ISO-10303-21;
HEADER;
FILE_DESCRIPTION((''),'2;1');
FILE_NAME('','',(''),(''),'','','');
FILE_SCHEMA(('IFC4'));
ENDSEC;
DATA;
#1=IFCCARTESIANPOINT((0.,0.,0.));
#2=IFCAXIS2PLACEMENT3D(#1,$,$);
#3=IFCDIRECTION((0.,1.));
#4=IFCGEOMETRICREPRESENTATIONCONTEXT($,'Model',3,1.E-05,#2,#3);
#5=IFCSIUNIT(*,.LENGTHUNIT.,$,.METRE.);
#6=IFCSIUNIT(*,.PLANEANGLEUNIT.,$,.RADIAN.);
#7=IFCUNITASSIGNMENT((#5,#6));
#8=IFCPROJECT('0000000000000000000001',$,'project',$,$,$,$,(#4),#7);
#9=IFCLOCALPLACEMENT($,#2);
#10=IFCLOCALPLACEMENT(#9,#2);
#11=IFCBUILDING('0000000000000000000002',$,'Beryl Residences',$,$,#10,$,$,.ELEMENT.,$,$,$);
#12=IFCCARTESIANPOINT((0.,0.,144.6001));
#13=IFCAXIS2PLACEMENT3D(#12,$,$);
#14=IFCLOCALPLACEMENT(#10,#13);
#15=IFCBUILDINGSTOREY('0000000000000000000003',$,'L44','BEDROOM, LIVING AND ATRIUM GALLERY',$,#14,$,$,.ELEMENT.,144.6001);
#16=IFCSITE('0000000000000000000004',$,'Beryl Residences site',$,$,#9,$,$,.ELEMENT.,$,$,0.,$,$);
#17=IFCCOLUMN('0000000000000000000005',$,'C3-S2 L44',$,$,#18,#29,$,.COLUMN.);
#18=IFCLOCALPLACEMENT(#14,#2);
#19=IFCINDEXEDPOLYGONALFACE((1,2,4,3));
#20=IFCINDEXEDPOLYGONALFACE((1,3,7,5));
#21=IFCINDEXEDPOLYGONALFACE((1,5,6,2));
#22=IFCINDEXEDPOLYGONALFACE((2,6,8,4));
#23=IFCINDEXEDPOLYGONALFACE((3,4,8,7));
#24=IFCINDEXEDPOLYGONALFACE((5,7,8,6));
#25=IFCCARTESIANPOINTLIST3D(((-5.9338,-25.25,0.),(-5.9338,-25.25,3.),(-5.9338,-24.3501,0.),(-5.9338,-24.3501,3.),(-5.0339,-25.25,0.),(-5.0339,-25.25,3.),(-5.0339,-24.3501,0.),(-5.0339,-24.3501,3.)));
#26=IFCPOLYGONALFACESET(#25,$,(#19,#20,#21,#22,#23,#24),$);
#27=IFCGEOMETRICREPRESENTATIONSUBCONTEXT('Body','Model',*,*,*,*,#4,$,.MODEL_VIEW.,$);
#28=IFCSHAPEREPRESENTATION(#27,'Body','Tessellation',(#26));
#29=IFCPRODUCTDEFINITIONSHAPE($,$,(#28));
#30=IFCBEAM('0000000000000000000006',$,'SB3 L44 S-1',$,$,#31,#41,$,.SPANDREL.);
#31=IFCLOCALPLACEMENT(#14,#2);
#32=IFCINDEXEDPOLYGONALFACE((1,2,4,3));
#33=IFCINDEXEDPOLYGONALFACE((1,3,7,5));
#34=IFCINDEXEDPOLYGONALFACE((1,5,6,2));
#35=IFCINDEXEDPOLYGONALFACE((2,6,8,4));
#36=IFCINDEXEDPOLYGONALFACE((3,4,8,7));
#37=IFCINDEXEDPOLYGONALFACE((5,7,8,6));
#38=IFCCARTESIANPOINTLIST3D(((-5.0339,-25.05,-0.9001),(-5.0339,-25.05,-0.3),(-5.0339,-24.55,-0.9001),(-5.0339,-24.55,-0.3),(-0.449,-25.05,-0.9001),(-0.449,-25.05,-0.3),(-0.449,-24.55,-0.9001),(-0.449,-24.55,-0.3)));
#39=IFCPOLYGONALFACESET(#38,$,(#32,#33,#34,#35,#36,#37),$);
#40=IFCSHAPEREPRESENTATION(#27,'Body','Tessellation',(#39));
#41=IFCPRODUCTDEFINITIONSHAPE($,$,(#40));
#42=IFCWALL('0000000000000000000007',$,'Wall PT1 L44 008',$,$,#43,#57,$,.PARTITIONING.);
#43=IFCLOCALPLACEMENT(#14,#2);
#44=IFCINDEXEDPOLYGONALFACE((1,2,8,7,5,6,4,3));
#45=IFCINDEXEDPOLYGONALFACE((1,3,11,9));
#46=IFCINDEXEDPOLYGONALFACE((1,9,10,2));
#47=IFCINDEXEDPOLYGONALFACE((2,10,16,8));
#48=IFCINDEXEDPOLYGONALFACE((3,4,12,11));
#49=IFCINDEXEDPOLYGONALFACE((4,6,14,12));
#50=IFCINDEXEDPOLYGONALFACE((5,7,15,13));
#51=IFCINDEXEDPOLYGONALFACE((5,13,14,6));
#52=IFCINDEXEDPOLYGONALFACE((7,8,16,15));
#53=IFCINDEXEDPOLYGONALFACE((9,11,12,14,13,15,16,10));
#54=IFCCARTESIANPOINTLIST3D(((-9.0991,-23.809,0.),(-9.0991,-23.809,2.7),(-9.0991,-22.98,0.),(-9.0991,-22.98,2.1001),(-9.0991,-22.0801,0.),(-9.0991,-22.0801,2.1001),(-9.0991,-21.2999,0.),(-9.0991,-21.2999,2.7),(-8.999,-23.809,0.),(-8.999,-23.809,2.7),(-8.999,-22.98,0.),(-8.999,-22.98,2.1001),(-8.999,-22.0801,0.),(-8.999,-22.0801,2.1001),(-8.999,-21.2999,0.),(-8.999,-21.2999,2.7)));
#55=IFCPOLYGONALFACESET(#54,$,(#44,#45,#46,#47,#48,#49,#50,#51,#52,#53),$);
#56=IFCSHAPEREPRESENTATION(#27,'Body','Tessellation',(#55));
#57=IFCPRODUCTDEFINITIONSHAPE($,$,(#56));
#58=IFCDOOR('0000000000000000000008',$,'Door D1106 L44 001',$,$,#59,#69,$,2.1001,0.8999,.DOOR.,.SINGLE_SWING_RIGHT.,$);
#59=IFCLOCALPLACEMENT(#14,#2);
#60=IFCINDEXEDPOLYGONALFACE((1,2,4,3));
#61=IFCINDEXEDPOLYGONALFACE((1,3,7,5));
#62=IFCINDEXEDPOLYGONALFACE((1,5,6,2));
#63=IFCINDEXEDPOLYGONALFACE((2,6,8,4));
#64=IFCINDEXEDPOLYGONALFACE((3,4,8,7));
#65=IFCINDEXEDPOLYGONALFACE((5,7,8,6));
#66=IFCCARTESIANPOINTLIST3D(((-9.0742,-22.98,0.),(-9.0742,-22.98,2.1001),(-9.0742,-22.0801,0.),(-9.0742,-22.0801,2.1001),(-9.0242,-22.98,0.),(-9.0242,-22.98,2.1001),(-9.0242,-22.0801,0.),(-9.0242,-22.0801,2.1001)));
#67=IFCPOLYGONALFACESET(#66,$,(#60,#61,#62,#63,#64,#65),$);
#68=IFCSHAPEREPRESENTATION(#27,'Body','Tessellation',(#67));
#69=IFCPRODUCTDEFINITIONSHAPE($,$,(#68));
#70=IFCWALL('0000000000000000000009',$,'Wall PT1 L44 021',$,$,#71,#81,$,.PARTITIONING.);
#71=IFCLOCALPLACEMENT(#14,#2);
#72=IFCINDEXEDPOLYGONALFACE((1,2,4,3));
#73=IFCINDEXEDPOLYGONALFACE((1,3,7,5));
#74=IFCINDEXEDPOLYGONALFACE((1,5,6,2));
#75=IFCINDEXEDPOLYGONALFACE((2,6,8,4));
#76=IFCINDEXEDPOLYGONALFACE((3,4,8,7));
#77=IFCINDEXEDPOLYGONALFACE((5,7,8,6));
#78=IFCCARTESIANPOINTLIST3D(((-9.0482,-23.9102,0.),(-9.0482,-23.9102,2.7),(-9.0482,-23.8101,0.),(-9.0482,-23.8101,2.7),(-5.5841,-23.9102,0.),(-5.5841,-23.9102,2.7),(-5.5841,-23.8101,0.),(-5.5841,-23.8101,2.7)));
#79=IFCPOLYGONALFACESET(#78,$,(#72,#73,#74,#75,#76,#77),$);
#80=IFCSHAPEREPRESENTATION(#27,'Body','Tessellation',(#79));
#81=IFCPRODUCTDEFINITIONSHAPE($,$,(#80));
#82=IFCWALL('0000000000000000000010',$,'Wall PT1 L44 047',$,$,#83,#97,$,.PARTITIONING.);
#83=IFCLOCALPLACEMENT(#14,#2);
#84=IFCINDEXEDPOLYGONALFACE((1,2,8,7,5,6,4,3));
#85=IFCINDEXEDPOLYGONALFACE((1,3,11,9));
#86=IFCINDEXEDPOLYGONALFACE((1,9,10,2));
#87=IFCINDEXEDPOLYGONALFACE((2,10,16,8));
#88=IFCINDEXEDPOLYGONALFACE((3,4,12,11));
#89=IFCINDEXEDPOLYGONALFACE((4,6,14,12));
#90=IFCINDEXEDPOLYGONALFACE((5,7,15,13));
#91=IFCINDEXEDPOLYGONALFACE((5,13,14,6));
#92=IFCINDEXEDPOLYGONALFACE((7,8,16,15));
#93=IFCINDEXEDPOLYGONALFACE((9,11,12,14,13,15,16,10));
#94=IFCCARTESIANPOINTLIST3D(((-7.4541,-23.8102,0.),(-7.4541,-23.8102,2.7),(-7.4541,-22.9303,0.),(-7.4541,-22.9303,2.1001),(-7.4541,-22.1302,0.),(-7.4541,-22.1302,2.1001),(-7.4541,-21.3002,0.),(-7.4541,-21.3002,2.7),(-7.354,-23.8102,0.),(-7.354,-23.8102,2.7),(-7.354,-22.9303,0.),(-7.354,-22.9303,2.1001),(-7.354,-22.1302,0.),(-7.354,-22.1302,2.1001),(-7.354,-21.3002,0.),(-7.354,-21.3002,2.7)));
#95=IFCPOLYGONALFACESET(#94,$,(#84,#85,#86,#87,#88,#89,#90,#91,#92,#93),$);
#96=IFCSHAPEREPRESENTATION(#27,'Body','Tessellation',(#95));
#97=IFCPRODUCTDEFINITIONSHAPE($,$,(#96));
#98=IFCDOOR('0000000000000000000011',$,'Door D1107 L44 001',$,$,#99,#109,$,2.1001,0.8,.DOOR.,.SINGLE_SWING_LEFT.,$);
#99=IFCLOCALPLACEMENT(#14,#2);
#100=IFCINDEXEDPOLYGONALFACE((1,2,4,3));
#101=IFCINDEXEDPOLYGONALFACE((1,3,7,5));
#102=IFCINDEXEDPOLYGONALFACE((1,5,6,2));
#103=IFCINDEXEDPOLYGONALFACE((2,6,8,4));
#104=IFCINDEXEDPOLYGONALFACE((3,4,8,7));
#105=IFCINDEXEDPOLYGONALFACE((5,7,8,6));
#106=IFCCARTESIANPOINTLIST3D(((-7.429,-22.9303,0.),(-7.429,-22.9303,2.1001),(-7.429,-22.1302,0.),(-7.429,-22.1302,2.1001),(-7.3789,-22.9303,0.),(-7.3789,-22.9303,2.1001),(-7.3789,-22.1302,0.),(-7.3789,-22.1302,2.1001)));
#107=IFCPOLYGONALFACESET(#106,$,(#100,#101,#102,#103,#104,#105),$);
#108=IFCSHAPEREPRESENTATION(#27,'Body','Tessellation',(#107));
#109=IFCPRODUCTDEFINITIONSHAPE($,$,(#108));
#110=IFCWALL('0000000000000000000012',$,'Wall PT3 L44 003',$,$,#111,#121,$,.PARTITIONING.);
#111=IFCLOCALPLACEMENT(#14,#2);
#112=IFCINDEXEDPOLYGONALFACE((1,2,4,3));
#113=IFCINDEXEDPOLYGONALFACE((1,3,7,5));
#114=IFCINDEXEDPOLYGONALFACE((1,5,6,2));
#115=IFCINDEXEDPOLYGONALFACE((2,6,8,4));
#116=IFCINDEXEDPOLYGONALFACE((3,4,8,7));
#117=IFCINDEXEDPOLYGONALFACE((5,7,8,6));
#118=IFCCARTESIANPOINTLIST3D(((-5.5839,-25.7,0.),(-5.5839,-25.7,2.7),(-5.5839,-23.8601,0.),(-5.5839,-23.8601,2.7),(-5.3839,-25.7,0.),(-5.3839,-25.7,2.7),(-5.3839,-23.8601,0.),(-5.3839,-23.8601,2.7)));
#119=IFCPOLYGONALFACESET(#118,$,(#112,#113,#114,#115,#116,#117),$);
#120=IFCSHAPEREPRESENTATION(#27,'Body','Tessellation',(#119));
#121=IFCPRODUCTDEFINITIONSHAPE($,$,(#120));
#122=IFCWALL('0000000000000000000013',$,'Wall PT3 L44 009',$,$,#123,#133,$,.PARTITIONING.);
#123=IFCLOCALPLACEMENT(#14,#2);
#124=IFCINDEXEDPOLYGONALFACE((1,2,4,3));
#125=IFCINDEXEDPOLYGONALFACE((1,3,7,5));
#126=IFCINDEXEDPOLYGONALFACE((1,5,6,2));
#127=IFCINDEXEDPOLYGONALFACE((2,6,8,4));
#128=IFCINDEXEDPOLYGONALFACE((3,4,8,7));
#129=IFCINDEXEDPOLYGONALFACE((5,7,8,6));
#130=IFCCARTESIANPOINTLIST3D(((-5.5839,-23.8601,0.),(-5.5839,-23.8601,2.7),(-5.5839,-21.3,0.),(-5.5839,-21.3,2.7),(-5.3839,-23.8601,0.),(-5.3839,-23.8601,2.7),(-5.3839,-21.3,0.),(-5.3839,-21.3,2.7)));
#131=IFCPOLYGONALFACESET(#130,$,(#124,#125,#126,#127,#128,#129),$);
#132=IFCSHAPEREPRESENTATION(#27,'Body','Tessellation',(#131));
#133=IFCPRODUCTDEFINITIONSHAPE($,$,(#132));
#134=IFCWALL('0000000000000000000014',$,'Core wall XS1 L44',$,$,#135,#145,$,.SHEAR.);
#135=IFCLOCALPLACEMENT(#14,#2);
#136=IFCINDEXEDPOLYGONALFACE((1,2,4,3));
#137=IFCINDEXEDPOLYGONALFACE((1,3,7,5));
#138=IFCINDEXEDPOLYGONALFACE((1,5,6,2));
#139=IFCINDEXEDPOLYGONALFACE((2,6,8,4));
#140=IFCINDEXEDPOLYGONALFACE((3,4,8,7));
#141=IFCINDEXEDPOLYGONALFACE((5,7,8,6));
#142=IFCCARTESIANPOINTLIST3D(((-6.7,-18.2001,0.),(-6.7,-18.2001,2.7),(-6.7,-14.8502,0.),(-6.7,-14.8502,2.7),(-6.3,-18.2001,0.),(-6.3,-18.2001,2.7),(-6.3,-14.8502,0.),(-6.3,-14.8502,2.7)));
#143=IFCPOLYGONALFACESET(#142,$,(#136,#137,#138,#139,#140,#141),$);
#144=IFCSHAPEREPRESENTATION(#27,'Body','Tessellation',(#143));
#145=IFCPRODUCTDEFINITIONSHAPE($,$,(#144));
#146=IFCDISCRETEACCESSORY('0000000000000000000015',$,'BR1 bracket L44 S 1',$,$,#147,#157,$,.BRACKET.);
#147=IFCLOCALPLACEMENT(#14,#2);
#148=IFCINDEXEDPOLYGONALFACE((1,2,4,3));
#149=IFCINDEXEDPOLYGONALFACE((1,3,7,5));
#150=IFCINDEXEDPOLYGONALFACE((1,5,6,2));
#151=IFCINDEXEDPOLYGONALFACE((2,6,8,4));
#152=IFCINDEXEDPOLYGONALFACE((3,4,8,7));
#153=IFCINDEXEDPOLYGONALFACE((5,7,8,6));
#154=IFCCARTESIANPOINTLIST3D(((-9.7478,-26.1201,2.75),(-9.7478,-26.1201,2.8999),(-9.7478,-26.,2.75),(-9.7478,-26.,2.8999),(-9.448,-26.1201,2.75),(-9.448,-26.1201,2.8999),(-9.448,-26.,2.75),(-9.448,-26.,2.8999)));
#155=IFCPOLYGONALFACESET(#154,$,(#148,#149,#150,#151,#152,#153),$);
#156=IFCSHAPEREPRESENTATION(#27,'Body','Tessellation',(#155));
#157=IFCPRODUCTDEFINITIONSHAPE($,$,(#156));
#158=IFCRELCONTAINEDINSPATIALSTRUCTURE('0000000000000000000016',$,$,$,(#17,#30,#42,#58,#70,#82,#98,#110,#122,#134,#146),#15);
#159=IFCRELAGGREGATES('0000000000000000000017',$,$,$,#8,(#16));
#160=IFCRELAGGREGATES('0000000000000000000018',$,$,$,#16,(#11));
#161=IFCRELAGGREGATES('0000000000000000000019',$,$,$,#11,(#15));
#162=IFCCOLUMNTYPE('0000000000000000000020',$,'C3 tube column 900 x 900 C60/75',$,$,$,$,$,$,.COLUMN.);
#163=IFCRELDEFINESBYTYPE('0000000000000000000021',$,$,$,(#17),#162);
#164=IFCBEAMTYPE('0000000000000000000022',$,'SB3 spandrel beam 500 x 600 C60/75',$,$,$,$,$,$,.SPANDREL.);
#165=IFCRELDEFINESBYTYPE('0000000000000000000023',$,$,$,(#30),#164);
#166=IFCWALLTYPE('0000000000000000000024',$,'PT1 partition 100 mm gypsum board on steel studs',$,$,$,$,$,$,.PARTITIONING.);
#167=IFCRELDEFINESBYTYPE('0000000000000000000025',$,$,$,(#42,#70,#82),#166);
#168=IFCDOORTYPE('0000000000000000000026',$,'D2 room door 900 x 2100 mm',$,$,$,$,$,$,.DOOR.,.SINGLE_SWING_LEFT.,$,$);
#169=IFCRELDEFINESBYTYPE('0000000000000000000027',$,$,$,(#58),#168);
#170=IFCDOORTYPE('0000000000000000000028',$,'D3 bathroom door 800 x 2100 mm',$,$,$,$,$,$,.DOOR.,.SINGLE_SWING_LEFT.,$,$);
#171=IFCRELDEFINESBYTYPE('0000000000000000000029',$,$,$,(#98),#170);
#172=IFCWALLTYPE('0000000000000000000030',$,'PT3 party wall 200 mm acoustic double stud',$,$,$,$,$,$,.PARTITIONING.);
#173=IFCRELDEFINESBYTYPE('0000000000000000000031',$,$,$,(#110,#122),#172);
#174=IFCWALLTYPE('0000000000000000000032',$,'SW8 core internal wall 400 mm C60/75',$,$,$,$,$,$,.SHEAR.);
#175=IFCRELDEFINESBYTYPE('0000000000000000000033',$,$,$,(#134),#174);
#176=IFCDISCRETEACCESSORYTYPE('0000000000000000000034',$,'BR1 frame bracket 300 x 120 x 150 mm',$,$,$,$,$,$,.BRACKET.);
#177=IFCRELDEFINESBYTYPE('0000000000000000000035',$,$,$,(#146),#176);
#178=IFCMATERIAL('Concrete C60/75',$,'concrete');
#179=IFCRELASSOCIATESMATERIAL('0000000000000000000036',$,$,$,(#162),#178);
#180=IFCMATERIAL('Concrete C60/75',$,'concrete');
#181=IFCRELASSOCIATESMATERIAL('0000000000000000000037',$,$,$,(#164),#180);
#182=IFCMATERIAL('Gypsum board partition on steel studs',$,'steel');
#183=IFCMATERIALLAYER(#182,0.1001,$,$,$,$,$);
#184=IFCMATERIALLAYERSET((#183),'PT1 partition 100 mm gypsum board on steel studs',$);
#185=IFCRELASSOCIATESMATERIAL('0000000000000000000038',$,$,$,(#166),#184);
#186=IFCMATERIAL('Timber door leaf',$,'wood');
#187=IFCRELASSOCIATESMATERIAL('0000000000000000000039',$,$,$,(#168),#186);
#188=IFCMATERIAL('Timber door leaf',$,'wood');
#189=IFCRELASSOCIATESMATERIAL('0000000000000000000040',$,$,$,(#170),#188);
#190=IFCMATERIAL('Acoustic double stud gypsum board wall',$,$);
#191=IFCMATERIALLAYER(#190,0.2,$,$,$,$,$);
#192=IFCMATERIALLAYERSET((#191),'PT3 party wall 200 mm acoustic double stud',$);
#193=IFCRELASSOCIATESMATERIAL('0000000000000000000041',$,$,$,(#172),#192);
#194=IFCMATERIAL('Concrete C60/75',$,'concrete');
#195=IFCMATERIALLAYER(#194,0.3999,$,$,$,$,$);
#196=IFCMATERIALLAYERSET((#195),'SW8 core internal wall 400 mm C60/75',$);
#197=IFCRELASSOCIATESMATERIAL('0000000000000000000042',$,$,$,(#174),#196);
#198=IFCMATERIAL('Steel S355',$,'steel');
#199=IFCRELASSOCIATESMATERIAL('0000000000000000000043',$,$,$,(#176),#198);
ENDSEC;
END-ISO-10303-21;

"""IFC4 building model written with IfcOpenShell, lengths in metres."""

from ifc_helpers import new_model, si_unit, direction, frame, frame_2d, origin, origin_2d, place, context, subcontext, project, spatial, polyline, rectangle, outline, extrude, source, transform, mapped, material, layer, layer_set, material_profile, profile_set, type_object, type_shapes, element, fill, save


model = new_model("IFC4")

# Units and contexts
model_context = context("Model", 3, precision=1e-05, world=origin(), true_north=direction((0.0, 1.0)))
body_context = subcontext(model_context, "Body", "Model", "MODEL_VIEW")
ifc_project = project(units=[si_unit("LENGTHUNIT", "METRE"), si_unit("PLANEANGLEUNIT", "RADIAN")], contexts=[model_context])

# Site, building, storey
site_placement = place(None, origin())
site = spatial("IfcSite", under=ifc_project, at=site_placement, Name="Beryl Residences site", CompositionType="ELEMENT", RefElevation=0.0)
building_placement = place(site_placement, origin())
building = spatial("IfcBuilding", under=site, at=building_placement, Name="Beryl Residences", CompositionType="ELEMENT")
storey_placement = place(building_placement, frame((0.0, 0.0, 144.6001)))
storey = spatial("IfcBuildingStorey", under=building, at=storey_placement, Name="L44", Description="BEDROOM, LIVING AND ATRIUM GALLERY", CompositionType="ELEMENT", Elevation=144.6001)

# Column
ifc_material_1 = material(Name="Concrete C60/75", Category="concrete")
ifc_material_profile_1 = material_profile(ifc_material_1, rectangle(XDim=0.8999, YDim=0.8999, at=origin_2d()))
ifc_profile_set_1 = profile_set([ifc_material_profile_1], Name="Concrete C60/75")
column_type = type_object("IfcColumnType", Name="C3 tube column 900 x 900 C60/75", PredefinedType="COLUMN", material=ifc_profile_set_1)
column_placement = place(storey_placement, frame((-5.4839, -24.8, 0.0), z_axis=(0.0, 0.0, 1.0), x_axis=(1.0, 0.0, 0.0)))
element("IfcColumn", 1, at=column_placement, inside=storey, type_object=column_type, Name="C3-S2 L44", PredefinedType="COLUMN", context=body_context, shape_type="SweptSolid", body=[
    extrude(rectangle(XDim=0.8999, YDim=0.8999, at=origin_2d()), origin(), (0.0, 0.0, 1.0), 3.0),
])

# Beam
ifc_material_2 = material(Name="Concrete C60/75", Category="concrete")
ifc_material_profile_2 = material_profile(ifc_material_2, rectangle(XDim=0.5, YDim=0.6001, at=origin_2d()))
ifc_profile_set_2 = profile_set([ifc_material_profile_2], Name="Concrete C60/75")
beam_type = type_object("IfcBeamType", Name="SB3 spandrel beam 500 x 600 C60/75", PredefinedType="SPANDREL", material=ifc_profile_set_2)
beam_placement = place(storey_placement, frame((-5.0339, -24.8, -0.6001), z_axis=(1.0, 0.0, 0.0), x_axis=(0.0, 1.0, 0.0)))
element("IfcBeam", 2, at=beam_placement, inside=storey, type_object=beam_type, Name="SB3 L44 S-1", PredefinedType="SPANDREL", context=body_context, shape_type="SweptSolid", body=[
    extrude(rectangle(XDim=0.5, YDim=0.6001, at=origin_2d()), origin(), (0.0, 0.0, 1.0), 4.585),
])

# Wall, opening, door
ifc_material_3 = material(Name="Gypsum board partition on steel studs", Category="steel")
ifc_layer_1 = layer(ifc_material_3, 0.1001)
ifc_layer_set_1 = layer_set([ifc_layer_1], Name="PT1 partition 100 mm gypsum board on steel studs")
wall_type_1 = type_object("IfcWallType", Name="PT1 partition 100 mm gypsum board on steel studs", PredefinedType="PARTITIONING", material=ifc_layer_set_1)
wall_1_placement = place(storey_placement, frame((-9.0491, -21.3, 0.0), z_axis=(0.0, 0.0, 1.0), x_axis=(0.0, -1.0, 0.0)))
wall_1 = element("IfcWall", 3, at=wall_1_placement, inside=storey, type_object=wall_type_1, Name="Wall PT1 L44 008", PredefinedType="PARTITIONING", context=body_context, shape_type="SweptSolid", body=[
    extrude(rectangle(XDim=2.509, YDim=0.1001, at=frame_2d((1.2544, 0.0))), origin(), (0.0, 0.0, 1.0), 2.7),
])
opening_1_placement = place(wall_1_placement, frame((0.78, 0.0, 0.0)))
opening_1 = element("IfcOpeningElement", 4, at=opening_1_placement, cuts=wall_1, PredefinedType="OPENING", context=body_context, shape_type="SweptSolid", body=[
    extrude(rectangle(XDim=0.8999, YDim=2.1001, at=frame_2d((0.45, 1.05))), frame((0.0, 0.0601, 0.0), z_axis=(0.0, -1.0, 0.0), x_axis=(1.0, 0.0, 0.0)), (0.0, 0.0, 1.0), 0.1201),
])
ifc_material_4 = material(Name="Timber door leaf", Category="wood")
door_type_1 = type_object("IfcDoorType", Name="D2 room door 900 x 2100 mm", OperationType="SINGLE_SWING_LEFT", PredefinedType="DOOR", material=ifc_material_4)
door_1_placement = place(opening_1_placement, origin())
door_1 = element("IfcDoor", 5, at=door_1_placement, inside=storey, type_object=door_type_1, Name="Door D1106 L44 001", OperationType="SINGLE_SWING_RIGHT", OverallHeight=2.1001, OverallWidth=0.8999, PredefinedType="DOOR", context=body_context, shape_type="SweptSolid", body=[
    extrude(rectangle(XDim=0.8999, YDim=2.1001, at=frame_2d((0.45, 1.05))), frame((0.0, 0.0249, 0.0), z_axis=(0.0, -1.0, 0.0), x_axis=(1.0, 0.0, 0.0)), (0.0, 0.0, 1.0), 0.05),
])
fill(opening_1, door_1)

# Wall
wall_2_placement = place(storey_placement, frame((-9.0481, -23.8601, 0.0), z_axis=(0.0, 0.0, 1.0), x_axis=(1.0, 0.0, 0.0)))
element("IfcWall", 6, at=wall_2_placement, inside=storey, type_object=wall_type_1, Name="Wall PT1 L44 021", PredefinedType="PARTITIONING", context=body_context, shape_type="SweptSolid", body=[
    extrude(rectangle(XDim=3.4641, YDim=0.1001, at=frame_2d((1.7319, 0.0))), origin(), (0.0, 0.0, 1.0), 2.7),
])

# Wall, opening, door
wall_3_placement = place(storey_placement, frame((-7.4041, -23.8101, 0.0), z_axis=(0.0, 0.0, 1.0), x_axis=(0.0, 1.0, 0.0)))
wall_3 = element("IfcWall", 7, at=wall_3_placement, inside=storey, type_object=wall_type_1, Name="Wall PT1 L44 047", PredefinedType="PARTITIONING", context=body_context, shape_type="SweptSolid", body=[
    extrude(rectangle(XDim=2.51, YDim=0.1001, at=frame_2d((1.2549, 0.0))), origin(), (0.0, 0.0, 1.0), 2.7),
])
opening_2_placement = place(wall_3_placement, frame((0.8799, 0.0, 0.0)))
opening_2 = element("IfcOpeningElement", 8, at=opening_2_placement, cuts=wall_3, PredefinedType="OPENING", context=body_context, shape_type="SweptSolid", body=[
    extrude(rectangle(XDim=0.8, YDim=2.1001, at=frame_2d((0.3999, 1.05))), frame((0.0, 0.0601, 0.0), z_axis=(0.0, -1.0, 0.0), x_axis=(1.0, 0.0, 0.0)), (0.0, 0.0, 1.0), 0.1201),
])
ifc_material_5 = material(Name="Timber door leaf", Category="wood")
door_type_2 = type_object("IfcDoorType", Name="D3 bathroom door 800 x 2100 mm", OperationType="SINGLE_SWING_LEFT", PredefinedType="DOOR", material=ifc_material_5)
door_2_placement = place(opening_2_placement, origin())
door_2 = element("IfcDoor", 9, at=door_2_placement, inside=storey, type_object=door_type_2, Name="Door D1107 L44 001", OperationType="SINGLE_SWING_LEFT", OverallHeight=2.1001, OverallWidth=0.8, PredefinedType="DOOR", context=body_context, shape_type="SweptSolid", body=[
    extrude(rectangle(XDim=0.8, YDim=2.1001, at=frame_2d((0.3999, 1.05))), frame((0.0, 0.0249, 0.0), z_axis=(0.0, -1.0, 0.0), x_axis=(1.0, 0.0, 0.0)), (0.0, 0.0, 1.0), 0.05),
])
fill(opening_2, door_2)

# Walls
ifc_material_6 = material(Name="Acoustic double stud gypsum board wall")
ifc_layer_2 = layer(ifc_material_6, 0.2)
ifc_layer_set_2 = layer_set([ifc_layer_2], Name="PT3 party wall 200 mm acoustic double stud")
wall_type_2 = type_object("IfcWallType", Name="PT3 party wall 200 mm acoustic double stud", PredefinedType="PARTITIONING", material=ifc_layer_set_2)
wall_4_placement = place(storey_placement, frame((-5.4839, -23.8601, 0.0), z_axis=(0.0, 0.0, 1.0), x_axis=(0.0, -1.0, 0.0)))
element("IfcWall", 10, at=wall_4_placement, inside=storey, type_object=wall_type_2, Name="Wall PT3 L44 003", PredefinedType="PARTITIONING", context=body_context, shape_type="SweptSolid", body=[
    extrude(rectangle(XDim=1.8398, YDim=0.2, at=frame_2d((0.9199, 0.0))), origin(), (0.0, 0.0, 1.0), 2.7),
])
wall_5_placement = place(storey_placement, frame((-5.4839, -23.8601, 0.0), z_axis=(0.0, 0.0, 1.0), x_axis=(0.0, 1.0, 0.0)))
element("IfcWall", 11, at=wall_5_placement, inside=storey, type_object=wall_type_2, Name="Wall PT3 L44 009", PredefinedType="PARTITIONING", context=body_context, shape_type="SweptSolid", body=[
    extrude(rectangle(XDim=2.5601, YDim=0.2, at=frame_2d((1.28, 0.0))), origin(), (0.0, 0.0, 1.0), 2.7),
])
ifc_material_7 = material(Name="Concrete C60/75", Category="concrete")
ifc_layer_3 = layer(ifc_material_7, 0.3999)
ifc_layer_set_3 = layer_set([ifc_layer_3], Name="SW8 core internal wall 400 mm C60/75")
wall_type_3 = type_object("IfcWallType", Name="SW8 core internal wall 400 mm C60/75", PredefinedType="SHEAR", material=ifc_layer_set_3)
wall_6_placement = place(storey_placement, frame((-6.5, -18.2, 0.0), z_axis=(0.0, 0.0, 1.0), x_axis=(0.0, 1.0, 0.0)))
element("IfcWall", 12, at=wall_6_placement, inside=storey, type_object=wall_type_3, Name="Core wall XS1 L44", PredefinedType="SHEAR", context=body_context, shape_type="SweptSolid", body=[
    extrude(rectangle(XDim=3.3499, YDim=0.3999, at=frame_2d((1.6748, 0.0))), origin(), (0.0, 0.0, 1.0), 2.7),
])

# Discrete accessory
ifc_material_8 = material(Name="Steel S355", Category="steel")
discrete_accessory_type = type_object("IfcDiscreteAccessoryType", Name="BR1 frame bracket 300 x 120 x 150 mm", PredefinedType="BRACKET", material=ifc_material_8)
shared_shape_1 = source(origin(), body_context, "Body", "SweptSolid", [
    extrude(outline(polyline([(-0.1499, 0.0), (0.1499, 0.0), (0.1499, 0.1201), (-0.1499, 0.1201), (-0.1499, 0.0)])), origin(), (0.0, 0.0, 1.0), 0.1499),
])
type_shapes(discrete_accessory_type, [shared_shape_1])
discrete_accessory_placement = place(storey_placement, frame((-9.5979, -26.0, 2.75), z_axis=(0.0, 0.0, 1.0), x_axis=(-1.0, 0.0, 0.0)))
element("IfcDiscreteAccessory", 13, at=discrete_accessory_placement, inside=storey, type_object=discrete_accessory_type, Name="BR1 bracket L44 S 1", PredefinedType="BRACKET", context=body_context, shape_type="MappedRepresentation", body=[
    mapped(shared_shape_1, transform((0.0, 0.0, 0.0))),
])

save(model, "model.ifc")
